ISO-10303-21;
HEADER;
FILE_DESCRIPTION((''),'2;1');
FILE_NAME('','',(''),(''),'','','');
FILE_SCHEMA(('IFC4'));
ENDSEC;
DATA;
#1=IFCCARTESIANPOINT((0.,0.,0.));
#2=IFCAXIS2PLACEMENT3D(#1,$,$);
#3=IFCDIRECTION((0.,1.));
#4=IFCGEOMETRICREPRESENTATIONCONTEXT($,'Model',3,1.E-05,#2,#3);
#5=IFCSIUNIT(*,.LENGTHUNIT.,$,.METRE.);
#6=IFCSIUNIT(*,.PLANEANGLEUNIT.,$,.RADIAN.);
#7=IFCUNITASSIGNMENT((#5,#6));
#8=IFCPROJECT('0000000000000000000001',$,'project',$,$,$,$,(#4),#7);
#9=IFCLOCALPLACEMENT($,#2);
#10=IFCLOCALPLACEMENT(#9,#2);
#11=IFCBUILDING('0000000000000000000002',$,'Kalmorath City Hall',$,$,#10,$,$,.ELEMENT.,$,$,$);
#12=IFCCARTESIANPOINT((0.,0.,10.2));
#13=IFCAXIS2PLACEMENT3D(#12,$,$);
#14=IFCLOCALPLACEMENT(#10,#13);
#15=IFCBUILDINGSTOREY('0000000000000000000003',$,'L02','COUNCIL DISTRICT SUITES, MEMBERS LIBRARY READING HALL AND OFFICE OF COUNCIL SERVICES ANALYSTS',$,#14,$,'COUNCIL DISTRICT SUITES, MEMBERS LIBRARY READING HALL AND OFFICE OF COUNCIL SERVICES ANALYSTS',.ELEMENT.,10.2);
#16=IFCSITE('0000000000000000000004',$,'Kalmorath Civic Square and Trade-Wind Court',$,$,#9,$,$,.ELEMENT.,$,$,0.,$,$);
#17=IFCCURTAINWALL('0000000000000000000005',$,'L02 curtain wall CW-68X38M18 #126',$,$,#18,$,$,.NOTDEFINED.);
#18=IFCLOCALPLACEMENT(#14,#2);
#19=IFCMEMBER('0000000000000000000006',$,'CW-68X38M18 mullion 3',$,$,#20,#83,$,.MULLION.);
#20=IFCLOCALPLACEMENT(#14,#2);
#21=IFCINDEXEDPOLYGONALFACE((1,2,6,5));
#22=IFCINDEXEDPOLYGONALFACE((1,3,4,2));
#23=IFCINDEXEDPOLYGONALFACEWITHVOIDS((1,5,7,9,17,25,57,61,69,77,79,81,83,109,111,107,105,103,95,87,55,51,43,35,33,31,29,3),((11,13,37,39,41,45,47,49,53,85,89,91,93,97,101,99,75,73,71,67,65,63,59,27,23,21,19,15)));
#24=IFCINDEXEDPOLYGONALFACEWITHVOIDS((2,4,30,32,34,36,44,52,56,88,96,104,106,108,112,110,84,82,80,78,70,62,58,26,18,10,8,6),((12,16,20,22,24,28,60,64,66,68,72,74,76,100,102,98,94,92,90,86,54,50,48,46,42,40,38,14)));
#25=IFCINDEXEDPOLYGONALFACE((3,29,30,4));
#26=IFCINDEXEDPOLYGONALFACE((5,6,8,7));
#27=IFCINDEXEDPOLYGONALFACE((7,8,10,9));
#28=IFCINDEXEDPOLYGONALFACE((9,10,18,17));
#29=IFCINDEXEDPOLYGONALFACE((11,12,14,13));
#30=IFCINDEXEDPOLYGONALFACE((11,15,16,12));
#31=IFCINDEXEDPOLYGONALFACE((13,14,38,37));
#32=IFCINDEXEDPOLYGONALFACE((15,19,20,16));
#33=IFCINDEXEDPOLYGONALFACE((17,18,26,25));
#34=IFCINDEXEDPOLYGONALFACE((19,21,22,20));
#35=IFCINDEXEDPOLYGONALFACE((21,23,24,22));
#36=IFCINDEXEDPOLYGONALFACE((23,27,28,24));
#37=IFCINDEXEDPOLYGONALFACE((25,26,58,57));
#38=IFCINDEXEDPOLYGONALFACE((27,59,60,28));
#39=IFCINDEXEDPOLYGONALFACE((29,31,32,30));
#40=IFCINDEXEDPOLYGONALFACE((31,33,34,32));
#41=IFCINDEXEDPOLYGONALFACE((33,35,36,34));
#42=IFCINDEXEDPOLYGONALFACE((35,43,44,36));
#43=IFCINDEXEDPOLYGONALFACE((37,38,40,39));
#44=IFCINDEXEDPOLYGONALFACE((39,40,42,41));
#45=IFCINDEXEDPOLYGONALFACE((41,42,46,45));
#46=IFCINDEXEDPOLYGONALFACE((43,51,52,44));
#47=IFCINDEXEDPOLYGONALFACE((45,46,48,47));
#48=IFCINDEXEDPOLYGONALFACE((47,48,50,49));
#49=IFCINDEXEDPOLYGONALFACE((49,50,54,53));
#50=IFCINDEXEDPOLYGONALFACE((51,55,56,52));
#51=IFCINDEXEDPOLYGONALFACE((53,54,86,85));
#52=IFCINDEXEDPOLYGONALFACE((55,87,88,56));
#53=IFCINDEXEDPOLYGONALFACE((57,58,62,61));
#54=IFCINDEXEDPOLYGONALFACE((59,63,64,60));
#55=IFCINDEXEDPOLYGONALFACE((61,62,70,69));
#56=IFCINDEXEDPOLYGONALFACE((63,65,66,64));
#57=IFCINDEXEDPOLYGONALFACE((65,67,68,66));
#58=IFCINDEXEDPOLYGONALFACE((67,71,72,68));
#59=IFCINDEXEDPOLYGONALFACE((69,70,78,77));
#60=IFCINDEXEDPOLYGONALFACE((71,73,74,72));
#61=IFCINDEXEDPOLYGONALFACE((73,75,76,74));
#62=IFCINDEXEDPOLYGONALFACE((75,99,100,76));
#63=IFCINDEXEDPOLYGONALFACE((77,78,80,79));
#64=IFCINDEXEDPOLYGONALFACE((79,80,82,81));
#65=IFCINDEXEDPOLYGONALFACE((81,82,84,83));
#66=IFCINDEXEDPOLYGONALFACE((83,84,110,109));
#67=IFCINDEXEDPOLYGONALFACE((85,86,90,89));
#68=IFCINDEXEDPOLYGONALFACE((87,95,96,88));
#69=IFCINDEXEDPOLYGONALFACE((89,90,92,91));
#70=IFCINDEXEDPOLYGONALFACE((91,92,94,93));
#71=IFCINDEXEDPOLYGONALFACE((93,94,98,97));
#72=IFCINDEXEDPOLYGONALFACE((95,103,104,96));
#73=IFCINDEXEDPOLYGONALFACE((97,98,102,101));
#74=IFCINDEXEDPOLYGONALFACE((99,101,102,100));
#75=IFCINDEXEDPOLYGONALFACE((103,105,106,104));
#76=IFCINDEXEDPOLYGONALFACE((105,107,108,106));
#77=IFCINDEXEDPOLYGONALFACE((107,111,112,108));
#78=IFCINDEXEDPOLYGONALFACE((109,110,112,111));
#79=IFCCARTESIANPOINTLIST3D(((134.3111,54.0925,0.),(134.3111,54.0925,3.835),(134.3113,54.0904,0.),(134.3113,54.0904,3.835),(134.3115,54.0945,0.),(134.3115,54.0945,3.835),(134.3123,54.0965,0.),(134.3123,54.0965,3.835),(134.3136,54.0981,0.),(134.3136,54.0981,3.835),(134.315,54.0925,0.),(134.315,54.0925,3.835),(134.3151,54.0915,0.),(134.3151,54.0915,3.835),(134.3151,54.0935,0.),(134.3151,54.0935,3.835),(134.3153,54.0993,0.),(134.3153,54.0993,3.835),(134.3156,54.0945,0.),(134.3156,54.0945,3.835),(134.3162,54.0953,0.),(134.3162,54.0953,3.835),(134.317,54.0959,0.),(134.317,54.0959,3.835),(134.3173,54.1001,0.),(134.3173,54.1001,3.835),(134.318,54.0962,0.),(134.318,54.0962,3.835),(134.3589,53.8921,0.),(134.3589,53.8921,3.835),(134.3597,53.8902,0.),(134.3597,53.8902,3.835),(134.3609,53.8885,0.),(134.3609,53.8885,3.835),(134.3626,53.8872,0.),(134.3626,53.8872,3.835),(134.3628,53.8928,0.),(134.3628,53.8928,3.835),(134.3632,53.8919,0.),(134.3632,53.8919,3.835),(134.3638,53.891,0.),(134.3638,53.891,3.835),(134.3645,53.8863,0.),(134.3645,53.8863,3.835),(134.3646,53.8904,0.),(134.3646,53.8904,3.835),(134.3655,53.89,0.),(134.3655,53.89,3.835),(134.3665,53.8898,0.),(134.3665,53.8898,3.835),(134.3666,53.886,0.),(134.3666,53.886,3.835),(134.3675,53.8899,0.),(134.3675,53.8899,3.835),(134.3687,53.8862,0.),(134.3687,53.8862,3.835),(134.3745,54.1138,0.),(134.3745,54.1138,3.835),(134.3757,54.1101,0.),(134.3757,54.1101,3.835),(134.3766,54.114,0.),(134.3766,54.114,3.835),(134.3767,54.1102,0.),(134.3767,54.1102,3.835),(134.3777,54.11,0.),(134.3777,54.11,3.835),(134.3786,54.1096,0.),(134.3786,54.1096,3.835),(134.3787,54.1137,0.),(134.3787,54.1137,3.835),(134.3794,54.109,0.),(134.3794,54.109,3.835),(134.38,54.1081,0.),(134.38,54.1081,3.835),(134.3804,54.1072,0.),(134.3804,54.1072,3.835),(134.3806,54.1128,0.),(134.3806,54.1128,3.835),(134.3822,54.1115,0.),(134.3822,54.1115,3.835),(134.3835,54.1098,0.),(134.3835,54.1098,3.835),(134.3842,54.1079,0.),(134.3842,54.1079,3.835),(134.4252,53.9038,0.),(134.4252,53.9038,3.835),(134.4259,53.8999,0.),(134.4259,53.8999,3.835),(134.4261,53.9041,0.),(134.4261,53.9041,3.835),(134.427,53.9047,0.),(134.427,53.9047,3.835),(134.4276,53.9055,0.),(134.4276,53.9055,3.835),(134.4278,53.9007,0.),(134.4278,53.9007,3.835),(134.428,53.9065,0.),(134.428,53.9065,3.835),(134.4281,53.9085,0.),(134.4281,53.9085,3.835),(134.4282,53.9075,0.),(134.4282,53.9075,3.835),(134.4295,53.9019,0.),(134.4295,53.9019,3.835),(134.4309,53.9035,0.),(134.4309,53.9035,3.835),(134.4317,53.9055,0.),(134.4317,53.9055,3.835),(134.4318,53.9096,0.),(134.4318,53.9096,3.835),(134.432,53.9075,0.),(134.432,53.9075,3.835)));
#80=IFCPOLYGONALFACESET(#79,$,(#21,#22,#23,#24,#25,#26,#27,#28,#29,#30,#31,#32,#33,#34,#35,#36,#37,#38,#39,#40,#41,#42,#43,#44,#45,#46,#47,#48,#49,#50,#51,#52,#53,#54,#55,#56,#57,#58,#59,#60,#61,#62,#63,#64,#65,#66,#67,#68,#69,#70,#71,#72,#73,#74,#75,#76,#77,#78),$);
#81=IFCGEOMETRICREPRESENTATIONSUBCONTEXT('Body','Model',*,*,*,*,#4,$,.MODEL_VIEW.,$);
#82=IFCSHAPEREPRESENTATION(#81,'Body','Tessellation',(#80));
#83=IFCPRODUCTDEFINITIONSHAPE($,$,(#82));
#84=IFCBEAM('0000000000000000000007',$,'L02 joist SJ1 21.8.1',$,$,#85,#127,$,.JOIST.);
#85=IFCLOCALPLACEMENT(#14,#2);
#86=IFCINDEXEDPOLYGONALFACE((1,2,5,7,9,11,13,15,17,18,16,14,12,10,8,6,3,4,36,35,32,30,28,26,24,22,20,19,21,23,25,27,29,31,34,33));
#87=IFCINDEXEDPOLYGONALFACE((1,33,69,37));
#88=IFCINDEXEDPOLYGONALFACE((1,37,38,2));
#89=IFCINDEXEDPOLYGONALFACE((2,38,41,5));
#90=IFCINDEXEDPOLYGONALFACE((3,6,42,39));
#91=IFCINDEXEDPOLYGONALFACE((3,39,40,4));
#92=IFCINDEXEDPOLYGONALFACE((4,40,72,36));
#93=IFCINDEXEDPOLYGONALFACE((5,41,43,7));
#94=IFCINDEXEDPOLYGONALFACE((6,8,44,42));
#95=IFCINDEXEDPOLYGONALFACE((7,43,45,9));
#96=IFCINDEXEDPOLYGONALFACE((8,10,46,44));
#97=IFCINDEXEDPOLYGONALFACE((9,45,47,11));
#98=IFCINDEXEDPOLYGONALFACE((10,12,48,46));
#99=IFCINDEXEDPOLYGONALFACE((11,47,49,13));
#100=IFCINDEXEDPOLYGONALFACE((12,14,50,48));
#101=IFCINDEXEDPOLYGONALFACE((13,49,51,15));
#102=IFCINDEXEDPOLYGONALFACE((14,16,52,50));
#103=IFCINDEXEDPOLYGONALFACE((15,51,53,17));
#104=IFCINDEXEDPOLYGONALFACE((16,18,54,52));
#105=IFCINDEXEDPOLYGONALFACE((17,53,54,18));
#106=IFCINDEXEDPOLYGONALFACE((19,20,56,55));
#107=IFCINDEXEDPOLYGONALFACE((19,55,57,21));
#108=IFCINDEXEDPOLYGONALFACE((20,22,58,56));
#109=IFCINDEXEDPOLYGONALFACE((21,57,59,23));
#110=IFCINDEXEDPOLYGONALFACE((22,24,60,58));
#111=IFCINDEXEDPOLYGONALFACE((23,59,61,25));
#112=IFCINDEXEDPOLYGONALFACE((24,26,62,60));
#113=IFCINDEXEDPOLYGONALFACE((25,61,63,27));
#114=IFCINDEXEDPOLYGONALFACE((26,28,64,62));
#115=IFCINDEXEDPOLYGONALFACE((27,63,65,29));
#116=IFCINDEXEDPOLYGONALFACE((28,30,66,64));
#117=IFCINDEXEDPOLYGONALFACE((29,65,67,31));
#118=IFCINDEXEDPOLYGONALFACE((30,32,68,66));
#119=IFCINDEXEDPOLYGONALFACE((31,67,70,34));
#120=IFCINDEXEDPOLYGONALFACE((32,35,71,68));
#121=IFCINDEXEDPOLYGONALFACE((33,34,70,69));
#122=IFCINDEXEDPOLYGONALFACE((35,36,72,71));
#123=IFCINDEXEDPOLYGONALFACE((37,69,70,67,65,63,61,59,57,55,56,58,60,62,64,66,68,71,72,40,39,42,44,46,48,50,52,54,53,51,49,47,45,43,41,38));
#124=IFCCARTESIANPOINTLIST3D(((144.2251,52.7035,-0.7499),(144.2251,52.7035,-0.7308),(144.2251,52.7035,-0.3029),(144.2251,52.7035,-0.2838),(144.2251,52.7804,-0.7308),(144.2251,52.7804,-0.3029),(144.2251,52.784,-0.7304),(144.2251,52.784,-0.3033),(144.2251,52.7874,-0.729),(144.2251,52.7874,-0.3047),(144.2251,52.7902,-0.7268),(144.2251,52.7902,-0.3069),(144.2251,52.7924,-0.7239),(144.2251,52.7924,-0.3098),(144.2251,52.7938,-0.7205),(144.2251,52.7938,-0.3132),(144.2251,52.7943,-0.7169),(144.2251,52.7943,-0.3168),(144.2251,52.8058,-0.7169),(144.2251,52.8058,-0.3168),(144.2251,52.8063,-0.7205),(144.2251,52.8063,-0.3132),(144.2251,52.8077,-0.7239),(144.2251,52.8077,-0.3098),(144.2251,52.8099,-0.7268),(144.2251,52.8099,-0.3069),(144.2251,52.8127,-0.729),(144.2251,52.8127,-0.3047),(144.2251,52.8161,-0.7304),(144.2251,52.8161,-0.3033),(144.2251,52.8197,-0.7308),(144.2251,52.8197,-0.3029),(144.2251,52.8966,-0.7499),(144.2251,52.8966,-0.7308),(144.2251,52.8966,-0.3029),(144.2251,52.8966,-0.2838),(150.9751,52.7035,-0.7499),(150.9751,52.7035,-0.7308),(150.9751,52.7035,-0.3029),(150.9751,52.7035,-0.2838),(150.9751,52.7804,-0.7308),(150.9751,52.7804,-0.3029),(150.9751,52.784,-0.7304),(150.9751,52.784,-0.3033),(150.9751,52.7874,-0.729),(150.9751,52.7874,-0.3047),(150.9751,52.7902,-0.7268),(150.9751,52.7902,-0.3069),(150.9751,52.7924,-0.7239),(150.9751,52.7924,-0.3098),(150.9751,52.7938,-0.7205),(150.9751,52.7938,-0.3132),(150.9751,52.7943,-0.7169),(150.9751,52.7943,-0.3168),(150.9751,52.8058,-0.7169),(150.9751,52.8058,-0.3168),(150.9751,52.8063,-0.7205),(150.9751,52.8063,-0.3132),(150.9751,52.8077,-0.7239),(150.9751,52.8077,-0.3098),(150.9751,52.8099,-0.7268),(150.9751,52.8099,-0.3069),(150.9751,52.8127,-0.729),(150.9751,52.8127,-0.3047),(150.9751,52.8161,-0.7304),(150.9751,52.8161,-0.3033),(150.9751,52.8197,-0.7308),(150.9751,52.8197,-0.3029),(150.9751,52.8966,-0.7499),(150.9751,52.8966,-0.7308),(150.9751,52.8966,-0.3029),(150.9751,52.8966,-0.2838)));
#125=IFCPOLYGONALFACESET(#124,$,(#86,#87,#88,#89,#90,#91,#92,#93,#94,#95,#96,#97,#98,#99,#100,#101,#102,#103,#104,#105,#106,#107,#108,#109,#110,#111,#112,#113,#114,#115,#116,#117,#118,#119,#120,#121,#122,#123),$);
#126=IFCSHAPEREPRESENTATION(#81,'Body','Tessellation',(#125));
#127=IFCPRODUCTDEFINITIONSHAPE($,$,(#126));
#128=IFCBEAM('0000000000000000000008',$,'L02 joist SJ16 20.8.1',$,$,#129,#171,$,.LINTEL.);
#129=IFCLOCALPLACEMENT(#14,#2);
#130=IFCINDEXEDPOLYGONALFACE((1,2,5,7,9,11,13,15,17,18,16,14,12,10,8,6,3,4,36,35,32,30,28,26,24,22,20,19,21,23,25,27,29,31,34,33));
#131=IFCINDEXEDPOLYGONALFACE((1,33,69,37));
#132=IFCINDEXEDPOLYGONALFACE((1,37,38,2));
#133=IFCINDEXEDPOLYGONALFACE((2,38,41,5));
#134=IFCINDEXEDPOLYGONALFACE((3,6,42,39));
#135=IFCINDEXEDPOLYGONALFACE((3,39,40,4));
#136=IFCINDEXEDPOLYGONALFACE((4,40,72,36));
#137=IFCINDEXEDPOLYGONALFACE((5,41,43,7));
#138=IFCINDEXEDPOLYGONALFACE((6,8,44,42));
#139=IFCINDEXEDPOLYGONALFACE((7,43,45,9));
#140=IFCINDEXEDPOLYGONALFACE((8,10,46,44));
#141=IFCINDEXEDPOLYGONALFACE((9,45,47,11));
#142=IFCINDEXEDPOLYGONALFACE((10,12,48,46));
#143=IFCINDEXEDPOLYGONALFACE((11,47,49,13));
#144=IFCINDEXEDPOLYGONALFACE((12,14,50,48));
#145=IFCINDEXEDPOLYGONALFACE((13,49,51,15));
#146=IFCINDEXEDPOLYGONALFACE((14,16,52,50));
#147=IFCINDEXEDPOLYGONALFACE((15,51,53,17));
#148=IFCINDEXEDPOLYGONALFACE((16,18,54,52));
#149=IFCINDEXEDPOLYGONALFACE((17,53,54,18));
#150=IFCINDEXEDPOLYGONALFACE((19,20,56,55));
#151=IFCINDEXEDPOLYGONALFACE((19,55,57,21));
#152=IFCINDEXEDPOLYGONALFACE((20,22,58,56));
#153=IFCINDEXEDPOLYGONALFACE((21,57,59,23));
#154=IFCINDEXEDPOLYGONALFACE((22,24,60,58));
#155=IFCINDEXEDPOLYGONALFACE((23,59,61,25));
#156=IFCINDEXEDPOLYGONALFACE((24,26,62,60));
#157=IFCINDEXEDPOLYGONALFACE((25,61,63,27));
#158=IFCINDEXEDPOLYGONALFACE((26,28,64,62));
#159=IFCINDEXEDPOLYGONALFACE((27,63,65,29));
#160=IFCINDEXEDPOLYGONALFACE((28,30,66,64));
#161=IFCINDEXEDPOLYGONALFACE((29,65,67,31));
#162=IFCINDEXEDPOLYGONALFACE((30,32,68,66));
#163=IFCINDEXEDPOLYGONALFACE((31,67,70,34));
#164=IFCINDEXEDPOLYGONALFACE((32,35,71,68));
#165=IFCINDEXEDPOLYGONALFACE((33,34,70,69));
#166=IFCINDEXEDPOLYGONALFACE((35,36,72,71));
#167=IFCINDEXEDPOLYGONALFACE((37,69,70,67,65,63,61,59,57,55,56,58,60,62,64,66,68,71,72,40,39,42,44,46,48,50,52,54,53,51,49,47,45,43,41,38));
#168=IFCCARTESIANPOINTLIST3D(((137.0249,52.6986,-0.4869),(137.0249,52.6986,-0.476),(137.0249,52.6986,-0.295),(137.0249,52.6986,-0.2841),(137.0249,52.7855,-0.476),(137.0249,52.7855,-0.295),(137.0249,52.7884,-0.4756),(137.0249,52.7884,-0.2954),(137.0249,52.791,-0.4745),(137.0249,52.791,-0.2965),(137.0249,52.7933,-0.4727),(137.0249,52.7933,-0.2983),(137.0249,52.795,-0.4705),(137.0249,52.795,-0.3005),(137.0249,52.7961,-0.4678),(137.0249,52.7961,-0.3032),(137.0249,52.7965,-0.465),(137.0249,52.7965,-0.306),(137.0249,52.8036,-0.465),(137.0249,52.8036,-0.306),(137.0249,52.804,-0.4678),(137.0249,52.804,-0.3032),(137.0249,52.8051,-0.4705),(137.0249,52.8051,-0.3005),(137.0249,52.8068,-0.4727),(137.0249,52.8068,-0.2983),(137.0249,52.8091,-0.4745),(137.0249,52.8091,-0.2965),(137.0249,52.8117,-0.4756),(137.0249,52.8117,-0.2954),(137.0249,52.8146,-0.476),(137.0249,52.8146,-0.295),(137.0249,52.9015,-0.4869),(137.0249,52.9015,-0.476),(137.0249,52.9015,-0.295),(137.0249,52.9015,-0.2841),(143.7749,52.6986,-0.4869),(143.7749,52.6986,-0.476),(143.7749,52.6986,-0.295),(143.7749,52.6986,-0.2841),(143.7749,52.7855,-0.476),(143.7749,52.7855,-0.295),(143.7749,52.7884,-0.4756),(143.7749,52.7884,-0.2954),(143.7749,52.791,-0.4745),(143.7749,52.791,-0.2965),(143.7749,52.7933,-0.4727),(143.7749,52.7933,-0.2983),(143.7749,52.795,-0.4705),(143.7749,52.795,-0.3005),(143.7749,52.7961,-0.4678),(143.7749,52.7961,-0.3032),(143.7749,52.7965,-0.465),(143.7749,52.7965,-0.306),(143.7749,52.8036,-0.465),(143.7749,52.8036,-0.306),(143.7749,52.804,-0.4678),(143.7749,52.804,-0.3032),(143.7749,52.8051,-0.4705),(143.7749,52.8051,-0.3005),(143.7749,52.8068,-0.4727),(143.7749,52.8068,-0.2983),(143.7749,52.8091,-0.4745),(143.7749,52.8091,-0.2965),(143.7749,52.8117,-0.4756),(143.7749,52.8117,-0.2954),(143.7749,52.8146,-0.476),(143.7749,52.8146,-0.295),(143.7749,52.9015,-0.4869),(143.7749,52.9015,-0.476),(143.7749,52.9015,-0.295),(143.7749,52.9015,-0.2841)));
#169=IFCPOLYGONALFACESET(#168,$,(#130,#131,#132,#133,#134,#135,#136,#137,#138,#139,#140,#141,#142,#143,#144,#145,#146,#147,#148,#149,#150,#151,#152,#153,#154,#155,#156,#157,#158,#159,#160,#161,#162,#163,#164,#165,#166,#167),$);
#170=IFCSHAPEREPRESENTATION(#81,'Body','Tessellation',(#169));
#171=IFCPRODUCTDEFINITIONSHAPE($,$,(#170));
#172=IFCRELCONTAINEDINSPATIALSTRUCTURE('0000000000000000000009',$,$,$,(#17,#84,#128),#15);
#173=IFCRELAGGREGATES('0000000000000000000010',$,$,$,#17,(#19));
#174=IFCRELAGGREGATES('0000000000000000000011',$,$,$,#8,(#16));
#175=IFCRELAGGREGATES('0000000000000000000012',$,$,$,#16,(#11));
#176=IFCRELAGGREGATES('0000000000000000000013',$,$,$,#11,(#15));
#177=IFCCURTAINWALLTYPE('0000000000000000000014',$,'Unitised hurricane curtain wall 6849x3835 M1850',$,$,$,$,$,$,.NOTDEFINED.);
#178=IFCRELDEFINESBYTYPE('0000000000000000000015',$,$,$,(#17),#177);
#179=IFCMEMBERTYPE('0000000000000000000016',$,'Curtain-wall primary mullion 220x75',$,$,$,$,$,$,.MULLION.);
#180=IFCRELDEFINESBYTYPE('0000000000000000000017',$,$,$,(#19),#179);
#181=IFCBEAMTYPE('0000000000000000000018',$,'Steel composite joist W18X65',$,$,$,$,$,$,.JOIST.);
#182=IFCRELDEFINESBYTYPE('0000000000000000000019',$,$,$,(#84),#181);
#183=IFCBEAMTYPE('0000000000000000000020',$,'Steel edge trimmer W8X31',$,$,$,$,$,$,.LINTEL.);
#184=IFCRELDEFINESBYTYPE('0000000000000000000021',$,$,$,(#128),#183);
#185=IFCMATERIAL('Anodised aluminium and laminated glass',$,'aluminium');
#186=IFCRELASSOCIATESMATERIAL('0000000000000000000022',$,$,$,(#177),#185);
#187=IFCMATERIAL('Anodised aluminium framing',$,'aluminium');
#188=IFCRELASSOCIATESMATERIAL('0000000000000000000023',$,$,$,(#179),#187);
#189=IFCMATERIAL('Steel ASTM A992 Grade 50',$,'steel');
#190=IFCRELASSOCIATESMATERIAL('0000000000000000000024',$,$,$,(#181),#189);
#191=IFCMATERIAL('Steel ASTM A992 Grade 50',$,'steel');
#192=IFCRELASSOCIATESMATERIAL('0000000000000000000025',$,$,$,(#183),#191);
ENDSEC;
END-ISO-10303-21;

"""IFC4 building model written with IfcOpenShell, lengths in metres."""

from ifc_helpers import new_model, si_unit, direction, frame, origin, origin_2d, place, context, subcontext, project, spatial, hollow_rectangle, i_section, extrude, material, material_profile, profile_set, type_object, element, aggregate, save


model = new_model("IFC4")

# Units and contexts
model_context = context("Model", 3, precision=1e-05, world=origin(), true_north=direction((0.0, 1.0)))
body_context = subcontext(model_context, "Body", "Model", "MODEL_VIEW")
ifc_project = project(units=[si_unit("LENGTHUNIT", "METRE"), si_unit("PLANEANGLEUNIT", "RADIAN")], contexts=[model_context])

# Site, building, storey
site_placement = place(None, origin())
site = spatial("IfcSite", under=ifc_project, at=site_placement, Name="Kalmorath Civic Square and Trade-Wind Court", CompositionType="ELEMENT", RefElevation=0.0)
building_placement = place(site_placement, origin())
building = spatial("IfcBuilding", under=site, at=building_placement, Name="Kalmorath City Hall", CompositionType="ELEMENT")
storey_placement = place(building_placement, frame((0.0, 0.0, 10.2)))
storey = spatial("IfcBuildingStorey", under=building, at=storey_placement, Name="L02", Description="COUNCIL DISTRICT SUITES, MEMBERS LIBRARY READING HALL AND OFFICE OF COUNCIL SERVICES ANALYSTS", LongName="COUNCIL DISTRICT SUITES, MEMBERS LIBRARY READING HALL AND OFFICE OF COUNCIL SERVICES ANALYSTS", CompositionType="ELEMENT", Elevation=10.2)

# Curtain wall
ifc_material_1 = material(Name="Anodised aluminium and laminated glass", Category="aluminium")
curtain_wall_type = type_object("IfcCurtainWallType", Name="Unitised hurricane curtain wall 6849x3835 M1850", PredefinedType="NOTDEFINED", material=ifc_material_1)
curtain_wall_1_placement = place(storey_placement, origin())
curtain_wall_1 = element("IfcCurtainWall", 1, at=curtain_wall_1_placement, inside=storey, type_object=curtain_wall_type, Name="L02 curtain wall CW-68X38M18 #126", PredefinedType="NOTDEFINED")

# Shared definitions
ifc_material_2 = material(Name="Anodised aluminium framing", Category="aluminium")
ifc_material_profile_1 = material_profile(ifc_material_2, hollow_rectangle(XDim=0.075, YDim=0.22, WallThickness=0.0039, InnerFilletRadius=0.0039, OuterFilletRadius=0.0081, at=origin_2d()), Name="ALU-MUL-220X75X4")
ifc_profile_set_1 = profile_set([ifc_material_profile_1], Name="Anodised aluminium framing")
member_type_1 = type_object("IfcMemberType", Name="Curtain-wall primary mullion 220x75", PredefinedType="MULLION", material=ifc_profile_set_1)

# Member
member_1_placement = place(storey_placement, frame((134.3716, 54.0, 0.0), z_axis=(0.0, 0.0, 1.0), x_axis=(-0.972367, -0.233456, 0.0)))
member_1 = element("IfcMember", 2, at=member_1_placement, type_object=member_type_1, Name="CW-68X38M18 mullion 3", PredefinedType="MULLION", context=body_context, shape_type="SweptSolid", body=[
    extrude(hollow_rectangle(XDim=0.075, YDim=0.22, WallThickness=0.0039, InnerFilletRadius=0.0039, OuterFilletRadius=0.0081, at=origin_2d()), origin(), (0.0, 0.0, 1.0), 3.835),
])

# Beams
ifc_material_3 = material(Name="Steel ASTM A992 Grade 50", Category="steel")
ifc_material_profile_2 = material_profile(ifc_material_3, i_section(OverallWidth=0.1931, OverallDepth=0.4661, WebThickness=0.0115, FlangeThickness=0.019, FilletRadius=0.0139, at=origin_2d()), Name="W18X65")
ifc_profile_set_2 = profile_set([ifc_material_profile_2], Name="Steel ASTM A992 Grade 50")
beam_type_1 = type_object("IfcBeamType", Name="Steel composite joist W18X65", PredefinedType="JOIST", material=ifc_profile_set_2)
beam_1_placement = place(storey_placement, frame((144.2251, 52.8, -0.5168), z_axis=(1.0, 0.0, 0.0), x_axis=(0.0, 1.0, 0.0)))
element("IfcBeam", 3, at=beam_1_placement, inside=storey, type_object=beam_type_1, Name="L02 joist SJ1 21.8.1", PredefinedType="JOIST", context=body_context, shape_type="SweptSolid", body=[
    extrude(i_section(OverallWidth=0.1931, OverallDepth=0.4661, WebThickness=0.0115, FlangeThickness=0.019, FilletRadius=0.0139, at=origin_2d()), origin(), (0.0, 0.0, 1.0), 6.75),
])
ifc_material_4 = material(Name="Steel ASTM A992 Grade 50", Category="steel")
ifc_material_profile_3 = material_profile(ifc_material_4, i_section(OverallWidth=0.2029, OverallDepth=0.2029, WebThickness=0.0071, FlangeThickness=0.011, FilletRadius=0.011, at=origin_2d()), Name="W8X31")
ifc_profile_set_3 = profile_set([ifc_material_profile_3], Name="Steel ASTM A992 Grade 50")
beam_type_2 = type_object("IfcBeamType", Name="Steel edge trimmer W8X31", PredefinedType="LINTEL", material=ifc_profile_set_3)
beam_2_placement = place(storey_placement, frame((137.0249, 52.8, -0.3855), z_axis=(1.0, 0.0, 0.0), x_axis=(0.0, 1.0, 0.0)))
element("IfcBeam", 4, at=beam_2_placement, inside=storey, type_object=beam_type_2, Name="L02 joist SJ16 20.8.1", PredefinedType="LINTEL", context=body_context, shape_type="SweptSolid", body=[
    extrude(i_section(OverallWidth=0.2029, OverallDepth=0.2029, WebThickness=0.0071, FlangeThickness=0.011, FilletRadius=0.011, at=origin_2d()), origin(), (0.0, 0.0, 1.0), 6.75),
])

aggregate(curtain_wall_1, [member_1])

save(model, "model.ifc")
